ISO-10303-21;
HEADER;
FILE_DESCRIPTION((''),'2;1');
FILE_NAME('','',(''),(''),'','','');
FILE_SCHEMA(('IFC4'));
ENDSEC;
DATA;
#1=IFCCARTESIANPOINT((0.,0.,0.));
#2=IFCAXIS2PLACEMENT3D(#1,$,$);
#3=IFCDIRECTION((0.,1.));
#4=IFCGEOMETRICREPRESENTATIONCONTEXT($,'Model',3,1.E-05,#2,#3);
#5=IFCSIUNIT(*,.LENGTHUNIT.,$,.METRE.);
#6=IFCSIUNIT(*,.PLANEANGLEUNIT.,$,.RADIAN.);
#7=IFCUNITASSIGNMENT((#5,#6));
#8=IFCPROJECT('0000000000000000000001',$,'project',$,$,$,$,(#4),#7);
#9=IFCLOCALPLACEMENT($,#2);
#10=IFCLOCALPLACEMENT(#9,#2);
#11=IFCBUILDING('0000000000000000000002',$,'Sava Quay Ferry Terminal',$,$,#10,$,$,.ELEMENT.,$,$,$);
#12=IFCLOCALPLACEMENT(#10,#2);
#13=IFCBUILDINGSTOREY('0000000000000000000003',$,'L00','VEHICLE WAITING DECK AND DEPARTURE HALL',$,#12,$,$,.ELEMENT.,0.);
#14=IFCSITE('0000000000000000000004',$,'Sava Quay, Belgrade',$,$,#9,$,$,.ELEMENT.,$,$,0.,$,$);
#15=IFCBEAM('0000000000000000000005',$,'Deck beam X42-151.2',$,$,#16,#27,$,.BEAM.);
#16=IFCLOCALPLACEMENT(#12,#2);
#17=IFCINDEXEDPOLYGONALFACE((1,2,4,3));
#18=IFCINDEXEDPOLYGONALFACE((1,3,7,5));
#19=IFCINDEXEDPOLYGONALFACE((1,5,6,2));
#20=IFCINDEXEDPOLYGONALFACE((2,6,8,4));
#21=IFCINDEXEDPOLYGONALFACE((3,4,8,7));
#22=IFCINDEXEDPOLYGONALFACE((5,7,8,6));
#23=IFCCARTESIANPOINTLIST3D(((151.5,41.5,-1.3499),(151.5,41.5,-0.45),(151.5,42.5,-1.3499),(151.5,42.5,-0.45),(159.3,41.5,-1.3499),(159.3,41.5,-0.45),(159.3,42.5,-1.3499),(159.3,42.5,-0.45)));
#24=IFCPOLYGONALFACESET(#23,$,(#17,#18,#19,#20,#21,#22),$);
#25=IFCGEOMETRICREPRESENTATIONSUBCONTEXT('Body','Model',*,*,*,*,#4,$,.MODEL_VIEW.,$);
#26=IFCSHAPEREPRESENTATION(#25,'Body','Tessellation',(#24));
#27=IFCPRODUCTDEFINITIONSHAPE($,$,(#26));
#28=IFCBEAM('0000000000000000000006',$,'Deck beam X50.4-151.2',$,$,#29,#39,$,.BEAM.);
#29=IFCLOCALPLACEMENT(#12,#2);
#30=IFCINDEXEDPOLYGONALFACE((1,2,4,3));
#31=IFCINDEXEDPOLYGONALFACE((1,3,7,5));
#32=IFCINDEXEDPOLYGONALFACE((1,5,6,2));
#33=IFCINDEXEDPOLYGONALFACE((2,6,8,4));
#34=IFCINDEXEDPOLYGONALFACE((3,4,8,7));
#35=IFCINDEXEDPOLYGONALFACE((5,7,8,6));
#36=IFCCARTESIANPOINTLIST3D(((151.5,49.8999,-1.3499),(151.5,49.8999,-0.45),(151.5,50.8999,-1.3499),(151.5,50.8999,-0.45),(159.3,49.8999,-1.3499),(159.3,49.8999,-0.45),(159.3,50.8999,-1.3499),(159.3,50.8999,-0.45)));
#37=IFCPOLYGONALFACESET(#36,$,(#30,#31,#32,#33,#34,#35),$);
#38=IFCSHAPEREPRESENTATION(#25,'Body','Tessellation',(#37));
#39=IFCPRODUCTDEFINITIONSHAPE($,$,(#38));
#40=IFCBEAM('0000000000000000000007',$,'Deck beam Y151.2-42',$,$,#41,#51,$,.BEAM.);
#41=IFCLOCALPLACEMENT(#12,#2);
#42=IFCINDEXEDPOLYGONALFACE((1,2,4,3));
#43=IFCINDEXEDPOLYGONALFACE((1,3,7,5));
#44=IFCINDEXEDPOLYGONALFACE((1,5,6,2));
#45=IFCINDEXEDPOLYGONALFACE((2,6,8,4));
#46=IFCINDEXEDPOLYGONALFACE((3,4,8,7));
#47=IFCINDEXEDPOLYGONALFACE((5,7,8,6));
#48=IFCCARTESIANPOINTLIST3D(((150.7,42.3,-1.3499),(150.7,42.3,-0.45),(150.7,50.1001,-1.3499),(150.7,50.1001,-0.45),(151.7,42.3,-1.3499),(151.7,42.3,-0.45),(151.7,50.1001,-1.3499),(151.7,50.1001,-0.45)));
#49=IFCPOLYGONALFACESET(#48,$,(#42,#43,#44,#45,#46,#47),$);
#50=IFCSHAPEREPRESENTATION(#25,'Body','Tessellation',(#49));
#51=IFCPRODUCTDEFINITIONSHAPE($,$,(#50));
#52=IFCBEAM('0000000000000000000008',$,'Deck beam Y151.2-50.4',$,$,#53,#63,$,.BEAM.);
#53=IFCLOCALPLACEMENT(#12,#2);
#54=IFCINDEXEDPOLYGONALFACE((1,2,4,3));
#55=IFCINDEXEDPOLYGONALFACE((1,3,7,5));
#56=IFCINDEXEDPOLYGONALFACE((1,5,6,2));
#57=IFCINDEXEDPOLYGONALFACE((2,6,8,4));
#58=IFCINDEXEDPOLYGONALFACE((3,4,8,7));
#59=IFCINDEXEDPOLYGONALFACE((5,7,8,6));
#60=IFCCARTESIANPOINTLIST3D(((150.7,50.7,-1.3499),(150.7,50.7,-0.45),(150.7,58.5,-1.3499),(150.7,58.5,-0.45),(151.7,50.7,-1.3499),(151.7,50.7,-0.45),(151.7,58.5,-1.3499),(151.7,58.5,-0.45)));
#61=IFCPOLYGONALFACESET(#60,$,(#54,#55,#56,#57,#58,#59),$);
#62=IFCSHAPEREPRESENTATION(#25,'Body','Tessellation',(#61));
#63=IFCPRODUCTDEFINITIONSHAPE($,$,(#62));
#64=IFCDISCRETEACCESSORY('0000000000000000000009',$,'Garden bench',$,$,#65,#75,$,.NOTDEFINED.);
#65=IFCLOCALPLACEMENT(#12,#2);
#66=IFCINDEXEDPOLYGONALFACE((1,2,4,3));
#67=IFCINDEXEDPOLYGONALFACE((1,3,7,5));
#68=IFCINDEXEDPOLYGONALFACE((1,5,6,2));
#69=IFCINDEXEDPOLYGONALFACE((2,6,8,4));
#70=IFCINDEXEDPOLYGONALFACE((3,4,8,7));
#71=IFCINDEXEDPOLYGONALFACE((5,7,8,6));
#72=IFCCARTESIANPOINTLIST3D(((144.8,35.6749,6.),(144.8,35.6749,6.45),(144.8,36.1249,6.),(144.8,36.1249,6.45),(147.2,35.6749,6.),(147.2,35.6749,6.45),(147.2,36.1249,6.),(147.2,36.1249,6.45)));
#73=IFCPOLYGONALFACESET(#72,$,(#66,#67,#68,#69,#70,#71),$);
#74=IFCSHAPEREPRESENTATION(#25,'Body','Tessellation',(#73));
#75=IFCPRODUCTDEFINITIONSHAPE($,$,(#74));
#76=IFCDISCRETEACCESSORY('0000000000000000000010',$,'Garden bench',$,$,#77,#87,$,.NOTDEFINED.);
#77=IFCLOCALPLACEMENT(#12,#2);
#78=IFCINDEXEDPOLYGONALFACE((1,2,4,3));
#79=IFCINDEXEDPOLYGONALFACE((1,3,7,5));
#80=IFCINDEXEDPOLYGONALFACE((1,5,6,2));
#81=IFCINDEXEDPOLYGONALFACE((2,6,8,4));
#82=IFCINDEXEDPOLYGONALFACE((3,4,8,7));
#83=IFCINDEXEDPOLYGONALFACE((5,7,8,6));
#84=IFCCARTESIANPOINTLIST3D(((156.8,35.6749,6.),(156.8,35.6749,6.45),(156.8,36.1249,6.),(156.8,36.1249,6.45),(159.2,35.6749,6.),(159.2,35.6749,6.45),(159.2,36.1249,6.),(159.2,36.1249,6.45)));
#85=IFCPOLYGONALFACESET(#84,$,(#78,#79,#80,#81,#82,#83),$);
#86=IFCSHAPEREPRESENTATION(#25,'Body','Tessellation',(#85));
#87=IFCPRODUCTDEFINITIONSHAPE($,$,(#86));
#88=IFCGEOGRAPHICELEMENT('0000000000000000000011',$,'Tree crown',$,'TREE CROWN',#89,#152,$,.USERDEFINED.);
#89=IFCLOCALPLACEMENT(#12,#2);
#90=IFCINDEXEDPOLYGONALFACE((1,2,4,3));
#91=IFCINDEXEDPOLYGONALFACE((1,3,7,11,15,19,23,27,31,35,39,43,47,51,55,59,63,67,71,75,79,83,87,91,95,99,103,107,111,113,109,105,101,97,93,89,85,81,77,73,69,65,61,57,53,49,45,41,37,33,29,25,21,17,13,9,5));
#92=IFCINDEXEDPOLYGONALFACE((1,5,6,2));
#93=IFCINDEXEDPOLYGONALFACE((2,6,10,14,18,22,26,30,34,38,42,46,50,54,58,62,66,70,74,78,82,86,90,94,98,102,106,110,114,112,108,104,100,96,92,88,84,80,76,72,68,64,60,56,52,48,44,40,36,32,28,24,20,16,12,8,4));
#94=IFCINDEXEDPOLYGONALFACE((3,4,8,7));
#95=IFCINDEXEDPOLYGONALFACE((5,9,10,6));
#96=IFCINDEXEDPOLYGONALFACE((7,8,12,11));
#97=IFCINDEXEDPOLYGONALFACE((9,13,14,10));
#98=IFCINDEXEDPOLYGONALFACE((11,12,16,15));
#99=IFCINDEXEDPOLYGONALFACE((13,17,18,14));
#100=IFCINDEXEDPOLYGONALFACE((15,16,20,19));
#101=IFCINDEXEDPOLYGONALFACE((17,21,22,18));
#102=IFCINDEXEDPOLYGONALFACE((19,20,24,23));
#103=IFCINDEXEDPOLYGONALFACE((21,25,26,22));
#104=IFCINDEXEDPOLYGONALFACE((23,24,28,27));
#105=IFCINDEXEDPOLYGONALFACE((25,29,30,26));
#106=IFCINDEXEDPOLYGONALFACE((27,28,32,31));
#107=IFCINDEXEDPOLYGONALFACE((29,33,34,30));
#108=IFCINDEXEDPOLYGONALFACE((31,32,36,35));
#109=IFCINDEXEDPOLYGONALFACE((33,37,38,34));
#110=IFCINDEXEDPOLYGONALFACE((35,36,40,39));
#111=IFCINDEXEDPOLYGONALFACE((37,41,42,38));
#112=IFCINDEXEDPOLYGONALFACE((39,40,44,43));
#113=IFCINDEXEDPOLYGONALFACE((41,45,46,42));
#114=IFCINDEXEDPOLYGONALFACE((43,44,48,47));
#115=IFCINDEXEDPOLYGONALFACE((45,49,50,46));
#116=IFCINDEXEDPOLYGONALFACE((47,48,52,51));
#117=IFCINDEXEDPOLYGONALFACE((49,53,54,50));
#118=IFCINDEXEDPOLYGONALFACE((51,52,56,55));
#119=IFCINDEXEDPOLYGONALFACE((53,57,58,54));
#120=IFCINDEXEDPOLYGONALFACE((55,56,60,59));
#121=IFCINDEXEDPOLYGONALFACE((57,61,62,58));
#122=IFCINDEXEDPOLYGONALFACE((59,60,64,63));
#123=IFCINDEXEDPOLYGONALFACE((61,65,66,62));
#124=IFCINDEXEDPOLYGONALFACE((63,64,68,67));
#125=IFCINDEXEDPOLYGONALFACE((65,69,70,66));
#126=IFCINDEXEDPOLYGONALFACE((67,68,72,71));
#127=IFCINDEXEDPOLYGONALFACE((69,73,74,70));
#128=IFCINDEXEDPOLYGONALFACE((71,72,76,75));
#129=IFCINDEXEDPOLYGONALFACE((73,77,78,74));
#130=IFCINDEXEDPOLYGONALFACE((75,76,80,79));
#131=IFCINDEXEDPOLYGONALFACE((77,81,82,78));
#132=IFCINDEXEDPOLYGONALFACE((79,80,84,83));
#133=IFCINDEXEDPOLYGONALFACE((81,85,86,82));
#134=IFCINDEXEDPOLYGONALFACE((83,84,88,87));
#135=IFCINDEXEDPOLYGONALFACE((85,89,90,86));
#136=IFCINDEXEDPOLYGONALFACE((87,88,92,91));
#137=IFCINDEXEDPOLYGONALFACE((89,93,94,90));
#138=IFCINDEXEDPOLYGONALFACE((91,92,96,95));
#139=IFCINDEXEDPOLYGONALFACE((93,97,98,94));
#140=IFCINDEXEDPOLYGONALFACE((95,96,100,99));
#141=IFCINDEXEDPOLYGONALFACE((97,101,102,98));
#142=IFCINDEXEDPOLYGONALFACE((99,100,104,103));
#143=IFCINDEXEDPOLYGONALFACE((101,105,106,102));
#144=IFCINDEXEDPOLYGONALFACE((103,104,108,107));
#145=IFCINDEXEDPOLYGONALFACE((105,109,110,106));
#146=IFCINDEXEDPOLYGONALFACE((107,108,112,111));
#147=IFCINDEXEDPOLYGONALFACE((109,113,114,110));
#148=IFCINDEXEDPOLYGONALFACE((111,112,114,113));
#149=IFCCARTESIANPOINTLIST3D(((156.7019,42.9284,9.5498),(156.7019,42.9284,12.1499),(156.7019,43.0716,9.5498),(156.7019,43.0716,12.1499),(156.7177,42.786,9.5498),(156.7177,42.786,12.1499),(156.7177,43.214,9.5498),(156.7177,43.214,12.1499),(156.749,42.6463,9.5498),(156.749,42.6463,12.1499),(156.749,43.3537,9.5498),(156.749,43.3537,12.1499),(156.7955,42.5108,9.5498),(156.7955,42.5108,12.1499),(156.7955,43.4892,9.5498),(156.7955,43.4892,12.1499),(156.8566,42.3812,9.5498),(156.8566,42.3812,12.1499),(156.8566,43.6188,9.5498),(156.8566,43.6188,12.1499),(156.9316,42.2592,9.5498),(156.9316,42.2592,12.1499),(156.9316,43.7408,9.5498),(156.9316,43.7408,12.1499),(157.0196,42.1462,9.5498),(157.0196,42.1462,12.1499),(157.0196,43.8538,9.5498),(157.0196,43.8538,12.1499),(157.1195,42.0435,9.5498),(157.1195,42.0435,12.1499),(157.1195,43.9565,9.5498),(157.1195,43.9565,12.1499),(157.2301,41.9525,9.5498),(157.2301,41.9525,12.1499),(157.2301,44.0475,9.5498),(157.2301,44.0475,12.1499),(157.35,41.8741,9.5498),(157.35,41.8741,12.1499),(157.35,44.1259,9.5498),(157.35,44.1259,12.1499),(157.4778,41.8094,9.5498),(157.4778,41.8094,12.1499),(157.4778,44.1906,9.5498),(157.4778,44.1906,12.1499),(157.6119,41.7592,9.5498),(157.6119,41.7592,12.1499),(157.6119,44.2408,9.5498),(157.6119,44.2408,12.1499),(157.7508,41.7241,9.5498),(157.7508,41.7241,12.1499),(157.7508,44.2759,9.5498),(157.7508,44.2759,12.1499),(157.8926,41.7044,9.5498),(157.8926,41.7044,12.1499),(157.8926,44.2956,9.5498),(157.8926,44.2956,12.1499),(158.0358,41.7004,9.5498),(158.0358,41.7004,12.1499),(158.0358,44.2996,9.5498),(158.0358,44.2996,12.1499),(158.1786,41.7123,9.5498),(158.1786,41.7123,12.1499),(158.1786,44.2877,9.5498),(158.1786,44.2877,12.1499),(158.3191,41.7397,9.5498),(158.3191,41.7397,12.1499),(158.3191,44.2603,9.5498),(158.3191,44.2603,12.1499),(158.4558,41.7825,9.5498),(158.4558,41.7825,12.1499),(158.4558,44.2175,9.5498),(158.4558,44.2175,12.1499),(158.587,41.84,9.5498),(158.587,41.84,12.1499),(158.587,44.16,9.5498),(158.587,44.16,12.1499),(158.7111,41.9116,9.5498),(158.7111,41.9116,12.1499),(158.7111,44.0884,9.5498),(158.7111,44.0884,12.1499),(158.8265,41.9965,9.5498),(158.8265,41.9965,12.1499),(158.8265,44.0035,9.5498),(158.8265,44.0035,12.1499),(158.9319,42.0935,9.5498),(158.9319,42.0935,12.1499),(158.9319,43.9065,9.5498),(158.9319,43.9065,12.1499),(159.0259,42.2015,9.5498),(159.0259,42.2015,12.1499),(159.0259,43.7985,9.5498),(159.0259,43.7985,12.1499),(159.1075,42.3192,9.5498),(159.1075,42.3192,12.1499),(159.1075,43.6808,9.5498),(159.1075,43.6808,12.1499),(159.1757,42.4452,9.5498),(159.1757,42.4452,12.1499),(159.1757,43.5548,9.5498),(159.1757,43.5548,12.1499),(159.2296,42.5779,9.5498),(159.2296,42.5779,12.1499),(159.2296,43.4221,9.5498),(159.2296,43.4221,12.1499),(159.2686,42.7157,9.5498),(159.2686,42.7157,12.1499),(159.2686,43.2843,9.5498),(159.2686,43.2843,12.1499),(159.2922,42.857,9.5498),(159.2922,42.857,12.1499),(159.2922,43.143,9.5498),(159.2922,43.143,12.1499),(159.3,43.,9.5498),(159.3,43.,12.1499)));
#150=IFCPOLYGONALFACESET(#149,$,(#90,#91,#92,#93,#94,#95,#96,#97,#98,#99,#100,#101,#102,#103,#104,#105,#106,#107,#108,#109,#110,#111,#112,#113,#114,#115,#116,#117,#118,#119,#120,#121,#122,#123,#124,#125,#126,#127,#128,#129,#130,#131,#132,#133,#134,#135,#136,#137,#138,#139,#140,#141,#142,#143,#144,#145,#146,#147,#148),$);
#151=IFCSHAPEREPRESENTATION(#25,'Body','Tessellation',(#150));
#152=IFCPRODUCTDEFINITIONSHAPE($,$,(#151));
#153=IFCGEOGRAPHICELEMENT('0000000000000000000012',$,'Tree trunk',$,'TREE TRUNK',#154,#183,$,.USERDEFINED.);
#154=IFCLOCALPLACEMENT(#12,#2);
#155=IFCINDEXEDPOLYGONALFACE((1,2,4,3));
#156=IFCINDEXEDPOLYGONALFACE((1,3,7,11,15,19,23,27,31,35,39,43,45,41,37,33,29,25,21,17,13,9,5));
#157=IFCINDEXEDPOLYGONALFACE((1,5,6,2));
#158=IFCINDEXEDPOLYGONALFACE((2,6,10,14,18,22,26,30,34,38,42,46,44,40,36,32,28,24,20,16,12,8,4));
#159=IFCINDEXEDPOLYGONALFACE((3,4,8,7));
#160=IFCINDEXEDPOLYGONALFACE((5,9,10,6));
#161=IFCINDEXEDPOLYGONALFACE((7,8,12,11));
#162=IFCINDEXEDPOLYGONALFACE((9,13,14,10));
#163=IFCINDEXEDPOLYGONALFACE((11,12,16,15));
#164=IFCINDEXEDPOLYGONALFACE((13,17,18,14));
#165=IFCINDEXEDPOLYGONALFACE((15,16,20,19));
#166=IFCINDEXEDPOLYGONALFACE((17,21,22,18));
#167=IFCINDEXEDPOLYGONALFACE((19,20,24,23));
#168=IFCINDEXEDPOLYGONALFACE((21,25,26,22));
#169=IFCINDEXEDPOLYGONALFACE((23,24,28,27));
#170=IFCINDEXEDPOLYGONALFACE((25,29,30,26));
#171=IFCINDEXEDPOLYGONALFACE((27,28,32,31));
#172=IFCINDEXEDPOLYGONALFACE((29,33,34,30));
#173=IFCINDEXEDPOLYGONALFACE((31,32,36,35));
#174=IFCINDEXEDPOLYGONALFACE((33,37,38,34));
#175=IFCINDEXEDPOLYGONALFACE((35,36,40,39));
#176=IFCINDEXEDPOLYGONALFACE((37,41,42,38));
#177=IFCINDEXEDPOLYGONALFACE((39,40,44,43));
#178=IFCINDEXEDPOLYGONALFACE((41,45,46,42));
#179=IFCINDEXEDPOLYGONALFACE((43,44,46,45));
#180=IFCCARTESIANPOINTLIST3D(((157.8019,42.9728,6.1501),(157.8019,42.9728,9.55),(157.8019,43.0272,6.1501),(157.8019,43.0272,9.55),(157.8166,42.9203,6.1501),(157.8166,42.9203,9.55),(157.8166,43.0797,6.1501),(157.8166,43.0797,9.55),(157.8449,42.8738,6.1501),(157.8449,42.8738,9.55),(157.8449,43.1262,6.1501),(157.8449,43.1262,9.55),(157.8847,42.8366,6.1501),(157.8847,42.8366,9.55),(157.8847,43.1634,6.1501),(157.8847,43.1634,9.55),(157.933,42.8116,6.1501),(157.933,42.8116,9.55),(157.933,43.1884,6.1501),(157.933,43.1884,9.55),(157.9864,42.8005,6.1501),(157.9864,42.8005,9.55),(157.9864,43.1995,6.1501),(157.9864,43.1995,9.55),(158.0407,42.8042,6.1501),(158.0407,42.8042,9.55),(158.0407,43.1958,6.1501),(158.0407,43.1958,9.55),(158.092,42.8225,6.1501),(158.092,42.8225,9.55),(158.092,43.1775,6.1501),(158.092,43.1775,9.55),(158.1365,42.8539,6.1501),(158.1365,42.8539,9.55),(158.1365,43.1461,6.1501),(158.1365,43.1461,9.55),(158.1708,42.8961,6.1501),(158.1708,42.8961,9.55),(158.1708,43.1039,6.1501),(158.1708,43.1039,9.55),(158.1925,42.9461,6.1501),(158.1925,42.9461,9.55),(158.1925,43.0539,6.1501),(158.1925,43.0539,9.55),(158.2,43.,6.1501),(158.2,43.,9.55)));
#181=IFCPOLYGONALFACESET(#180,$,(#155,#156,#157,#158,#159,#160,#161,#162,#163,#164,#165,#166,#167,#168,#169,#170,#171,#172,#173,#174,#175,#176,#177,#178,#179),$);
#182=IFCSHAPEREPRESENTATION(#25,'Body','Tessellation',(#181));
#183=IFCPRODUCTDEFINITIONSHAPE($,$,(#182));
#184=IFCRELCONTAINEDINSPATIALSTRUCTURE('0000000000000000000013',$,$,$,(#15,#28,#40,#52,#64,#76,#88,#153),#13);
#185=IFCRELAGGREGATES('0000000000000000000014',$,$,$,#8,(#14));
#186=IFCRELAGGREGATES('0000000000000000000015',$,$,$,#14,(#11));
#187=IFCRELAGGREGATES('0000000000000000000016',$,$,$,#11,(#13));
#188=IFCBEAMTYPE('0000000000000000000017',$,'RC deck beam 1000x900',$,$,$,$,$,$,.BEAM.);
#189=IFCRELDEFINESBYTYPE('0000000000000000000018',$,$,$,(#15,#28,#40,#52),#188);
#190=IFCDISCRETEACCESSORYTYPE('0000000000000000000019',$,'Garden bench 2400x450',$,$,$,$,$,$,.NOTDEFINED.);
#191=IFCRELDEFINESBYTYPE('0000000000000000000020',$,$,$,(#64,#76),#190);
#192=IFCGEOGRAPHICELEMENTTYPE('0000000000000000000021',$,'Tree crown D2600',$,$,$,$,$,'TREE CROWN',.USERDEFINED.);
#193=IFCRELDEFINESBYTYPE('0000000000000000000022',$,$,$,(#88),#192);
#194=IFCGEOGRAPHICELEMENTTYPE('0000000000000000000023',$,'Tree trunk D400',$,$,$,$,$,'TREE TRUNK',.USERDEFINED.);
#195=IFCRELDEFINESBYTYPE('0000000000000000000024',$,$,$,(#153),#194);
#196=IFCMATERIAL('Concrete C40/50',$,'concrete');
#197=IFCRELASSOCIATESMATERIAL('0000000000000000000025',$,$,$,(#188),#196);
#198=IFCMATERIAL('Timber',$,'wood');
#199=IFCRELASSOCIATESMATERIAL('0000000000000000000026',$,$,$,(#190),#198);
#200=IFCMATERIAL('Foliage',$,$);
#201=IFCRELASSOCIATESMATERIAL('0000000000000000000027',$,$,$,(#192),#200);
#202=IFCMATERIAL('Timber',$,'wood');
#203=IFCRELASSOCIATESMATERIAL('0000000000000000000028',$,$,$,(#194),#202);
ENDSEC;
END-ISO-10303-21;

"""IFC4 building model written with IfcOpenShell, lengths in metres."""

from ifc_helpers import new_model, si_unit, direction, frame, origin, origin_2d, place, context, subcontext, project, spatial, rectangle, circle, extrude, material, material_profile, profile_set, type_object, element, save


model = new_model("IFC4")

# Units and contexts
model_context = context("Model", 3, precision=1e-05, world=origin(), true_north=direction((0.0, 1.0)))
body_context = subcontext(model_context, "Body", "Model", "MODEL_VIEW")
ifc_project = project(units=[si_unit("LENGTHUNIT", "METRE"), si_unit("PLANEANGLEUNIT", "RADIAN")], contexts=[model_context])

# Site, building, storey
site_placement = place(None, origin())
site = spatial("IfcSite", under=ifc_project, at=site_placement, Name="Sava Quay, Belgrade", CompositionType="ELEMENT", RefElevation=0.0)
building_placement = place(site_placement, origin())
building = spatial("IfcBuilding", under=site, at=building_placement, Name="Sava Quay Ferry Terminal", CompositionType="ELEMENT")
storey_placement = place(building_placement, origin())
storey = spatial("IfcBuildingStorey", under=building, at=storey_placement, Name="L00", Description="VEHICLE WAITING DECK AND DEPARTURE HALL", CompositionType="ELEMENT", Elevation=0.0)

# Beams
ifc_material_1 = material(Name="Concrete C40/50", Category="concrete")
ifc_material_profile_1 = material_profile(ifc_material_1, rectangle(XDim=1.0, YDim=0.8999, at=origin_2d()), Name="RC 1000x900")
ifc_profile_set_1 = profile_set([ifc_material_profile_1], Name="Concrete C40/50")
beam_type = type_object("IfcBeamType", Name="RC deck beam 1000x900", PredefinedType="BEAM", material=ifc_profile_set_1)
for number, where, z_axis, x_axis, name in (
    (1, (151.5, 42.0, -0.8999), (1.0, 0.0, 0.0), (0.0, 1.0, 0.0), "Deck beam X42-151.2"),
    (2, (151.5, 50.3999, -0.8999), (1.0, 0.0, 0.0), (0.0, 1.0, 0.0), "Deck beam X50.4-151.2"),
    (3, (151.2, 42.3, -0.8999), (0.0, 1.0, 0.0), (-1.0, 0.0, 0.0), "Deck beam Y151.2-42"),
    (4, (151.2, 50.7, -0.8999), (0.0, 1.0, 0.0), (-1.0, 0.0, 0.0), "Deck beam Y151.2-50.4"),
):
    element("IfcBeam", number, at=place(storey_placement, frame(where, z_axis=z_axis, x_axis=x_axis)), inside=storey, type_object=beam_type, Name=name, PredefinedType="BEAM", context=body_context, shape_type="SweptSolid", body=[
        extrude(rectangle(XDim=1.0, YDim=0.8999, at=origin_2d()), origin(), (0.0, 0.0, 1.0), 7.8),
    ])

# Discrete accessories
ifc_material_2 = material(Name="Timber", Category="wood")
discrete_accessory_type = type_object("IfcDiscreteAccessoryType", Name="Garden bench 2400x450", PredefinedType="NOTDEFINED", material=ifc_material_2)
for number, where, z_axis, x_axis, name in (
    (5, (146.0, 35.8999, 6.0), (0.0, 0.0, 1.0), (1.0, 0.0, 0.0), "Garden bench"),
    (6, (158.0, 35.8999, 6.0), (0.0, 0.0, 1.0), (1.0, 0.0, 0.0), "Garden bench"),
):
    element("IfcDiscreteAccessory", number, at=place(storey_placement, frame(where, z_axis=z_axis, x_axis=x_axis)), inside=storey, type_object=discrete_accessory_type, Name=name, PredefinedType="NOTDEFINED", context=body_context, shape_type="SweptSolid", body=[
        extrude(rectangle(XDim=2.3999, YDim=0.45, at=origin_2d()), origin(), (0.0, 0.0, 1.0), 0.45),
    ])

# Geographic elements
ifc_material_3 = material(Name="Foliage")
geographic_element_type_1 = type_object("IfcGeographicElementType", Name="Tree crown D2600", ElementType="TREE CROWN", PredefinedType="USERDEFINED", material=ifc_material_3)
geographic_element_1_placement = place(storey_placement, frame((158.0, 43.0, 12.1499), z_axis=(0.0, 0.0, -1.0), x_axis=(1.0, 0.0, 0.0)))
element("IfcGeographicElement", 7, at=geographic_element_1_placement, inside=storey, type_object=geographic_element_type_1, Name="Tree crown", ObjectType="TREE CROWN", PredefinedType="USERDEFINED", context=body_context, shape_type="SweptSolid", body=[
    extrude(circle(Radius=1.3, at=origin_2d()), origin(), (0.0, 0.0, 1.0), 2.6001),
])
ifc_material_4 = material(Name="Timber", Category="wood")
geographic_element_type_2 = type_object("IfcGeographicElementType", Name="Tree trunk D400", ElementType="TREE TRUNK", PredefinedType="USERDEFINED", material=ifc_material_4)
geographic_element_2_placement = place(storey_placement, frame((158.0, 43.0, 9.55), z_axis=(0.0, 0.0, -1.0), x_axis=(1.0, 0.0, 0.0)))
element("IfcGeographicElement", 8, at=geographic_element_2_placement, inside=storey, type_object=geographic_element_type_2, Name="Tree trunk", ObjectType="TREE TRUNK", PredefinedType="USERDEFINED", context=body_context, shape_type="SweptSolid", body=[
    extrude(circle(Radius=0.2, at=origin_2d()), origin(), (0.0, 0.0, 1.0), 3.3999),
])

save(model, "model.ifc")
